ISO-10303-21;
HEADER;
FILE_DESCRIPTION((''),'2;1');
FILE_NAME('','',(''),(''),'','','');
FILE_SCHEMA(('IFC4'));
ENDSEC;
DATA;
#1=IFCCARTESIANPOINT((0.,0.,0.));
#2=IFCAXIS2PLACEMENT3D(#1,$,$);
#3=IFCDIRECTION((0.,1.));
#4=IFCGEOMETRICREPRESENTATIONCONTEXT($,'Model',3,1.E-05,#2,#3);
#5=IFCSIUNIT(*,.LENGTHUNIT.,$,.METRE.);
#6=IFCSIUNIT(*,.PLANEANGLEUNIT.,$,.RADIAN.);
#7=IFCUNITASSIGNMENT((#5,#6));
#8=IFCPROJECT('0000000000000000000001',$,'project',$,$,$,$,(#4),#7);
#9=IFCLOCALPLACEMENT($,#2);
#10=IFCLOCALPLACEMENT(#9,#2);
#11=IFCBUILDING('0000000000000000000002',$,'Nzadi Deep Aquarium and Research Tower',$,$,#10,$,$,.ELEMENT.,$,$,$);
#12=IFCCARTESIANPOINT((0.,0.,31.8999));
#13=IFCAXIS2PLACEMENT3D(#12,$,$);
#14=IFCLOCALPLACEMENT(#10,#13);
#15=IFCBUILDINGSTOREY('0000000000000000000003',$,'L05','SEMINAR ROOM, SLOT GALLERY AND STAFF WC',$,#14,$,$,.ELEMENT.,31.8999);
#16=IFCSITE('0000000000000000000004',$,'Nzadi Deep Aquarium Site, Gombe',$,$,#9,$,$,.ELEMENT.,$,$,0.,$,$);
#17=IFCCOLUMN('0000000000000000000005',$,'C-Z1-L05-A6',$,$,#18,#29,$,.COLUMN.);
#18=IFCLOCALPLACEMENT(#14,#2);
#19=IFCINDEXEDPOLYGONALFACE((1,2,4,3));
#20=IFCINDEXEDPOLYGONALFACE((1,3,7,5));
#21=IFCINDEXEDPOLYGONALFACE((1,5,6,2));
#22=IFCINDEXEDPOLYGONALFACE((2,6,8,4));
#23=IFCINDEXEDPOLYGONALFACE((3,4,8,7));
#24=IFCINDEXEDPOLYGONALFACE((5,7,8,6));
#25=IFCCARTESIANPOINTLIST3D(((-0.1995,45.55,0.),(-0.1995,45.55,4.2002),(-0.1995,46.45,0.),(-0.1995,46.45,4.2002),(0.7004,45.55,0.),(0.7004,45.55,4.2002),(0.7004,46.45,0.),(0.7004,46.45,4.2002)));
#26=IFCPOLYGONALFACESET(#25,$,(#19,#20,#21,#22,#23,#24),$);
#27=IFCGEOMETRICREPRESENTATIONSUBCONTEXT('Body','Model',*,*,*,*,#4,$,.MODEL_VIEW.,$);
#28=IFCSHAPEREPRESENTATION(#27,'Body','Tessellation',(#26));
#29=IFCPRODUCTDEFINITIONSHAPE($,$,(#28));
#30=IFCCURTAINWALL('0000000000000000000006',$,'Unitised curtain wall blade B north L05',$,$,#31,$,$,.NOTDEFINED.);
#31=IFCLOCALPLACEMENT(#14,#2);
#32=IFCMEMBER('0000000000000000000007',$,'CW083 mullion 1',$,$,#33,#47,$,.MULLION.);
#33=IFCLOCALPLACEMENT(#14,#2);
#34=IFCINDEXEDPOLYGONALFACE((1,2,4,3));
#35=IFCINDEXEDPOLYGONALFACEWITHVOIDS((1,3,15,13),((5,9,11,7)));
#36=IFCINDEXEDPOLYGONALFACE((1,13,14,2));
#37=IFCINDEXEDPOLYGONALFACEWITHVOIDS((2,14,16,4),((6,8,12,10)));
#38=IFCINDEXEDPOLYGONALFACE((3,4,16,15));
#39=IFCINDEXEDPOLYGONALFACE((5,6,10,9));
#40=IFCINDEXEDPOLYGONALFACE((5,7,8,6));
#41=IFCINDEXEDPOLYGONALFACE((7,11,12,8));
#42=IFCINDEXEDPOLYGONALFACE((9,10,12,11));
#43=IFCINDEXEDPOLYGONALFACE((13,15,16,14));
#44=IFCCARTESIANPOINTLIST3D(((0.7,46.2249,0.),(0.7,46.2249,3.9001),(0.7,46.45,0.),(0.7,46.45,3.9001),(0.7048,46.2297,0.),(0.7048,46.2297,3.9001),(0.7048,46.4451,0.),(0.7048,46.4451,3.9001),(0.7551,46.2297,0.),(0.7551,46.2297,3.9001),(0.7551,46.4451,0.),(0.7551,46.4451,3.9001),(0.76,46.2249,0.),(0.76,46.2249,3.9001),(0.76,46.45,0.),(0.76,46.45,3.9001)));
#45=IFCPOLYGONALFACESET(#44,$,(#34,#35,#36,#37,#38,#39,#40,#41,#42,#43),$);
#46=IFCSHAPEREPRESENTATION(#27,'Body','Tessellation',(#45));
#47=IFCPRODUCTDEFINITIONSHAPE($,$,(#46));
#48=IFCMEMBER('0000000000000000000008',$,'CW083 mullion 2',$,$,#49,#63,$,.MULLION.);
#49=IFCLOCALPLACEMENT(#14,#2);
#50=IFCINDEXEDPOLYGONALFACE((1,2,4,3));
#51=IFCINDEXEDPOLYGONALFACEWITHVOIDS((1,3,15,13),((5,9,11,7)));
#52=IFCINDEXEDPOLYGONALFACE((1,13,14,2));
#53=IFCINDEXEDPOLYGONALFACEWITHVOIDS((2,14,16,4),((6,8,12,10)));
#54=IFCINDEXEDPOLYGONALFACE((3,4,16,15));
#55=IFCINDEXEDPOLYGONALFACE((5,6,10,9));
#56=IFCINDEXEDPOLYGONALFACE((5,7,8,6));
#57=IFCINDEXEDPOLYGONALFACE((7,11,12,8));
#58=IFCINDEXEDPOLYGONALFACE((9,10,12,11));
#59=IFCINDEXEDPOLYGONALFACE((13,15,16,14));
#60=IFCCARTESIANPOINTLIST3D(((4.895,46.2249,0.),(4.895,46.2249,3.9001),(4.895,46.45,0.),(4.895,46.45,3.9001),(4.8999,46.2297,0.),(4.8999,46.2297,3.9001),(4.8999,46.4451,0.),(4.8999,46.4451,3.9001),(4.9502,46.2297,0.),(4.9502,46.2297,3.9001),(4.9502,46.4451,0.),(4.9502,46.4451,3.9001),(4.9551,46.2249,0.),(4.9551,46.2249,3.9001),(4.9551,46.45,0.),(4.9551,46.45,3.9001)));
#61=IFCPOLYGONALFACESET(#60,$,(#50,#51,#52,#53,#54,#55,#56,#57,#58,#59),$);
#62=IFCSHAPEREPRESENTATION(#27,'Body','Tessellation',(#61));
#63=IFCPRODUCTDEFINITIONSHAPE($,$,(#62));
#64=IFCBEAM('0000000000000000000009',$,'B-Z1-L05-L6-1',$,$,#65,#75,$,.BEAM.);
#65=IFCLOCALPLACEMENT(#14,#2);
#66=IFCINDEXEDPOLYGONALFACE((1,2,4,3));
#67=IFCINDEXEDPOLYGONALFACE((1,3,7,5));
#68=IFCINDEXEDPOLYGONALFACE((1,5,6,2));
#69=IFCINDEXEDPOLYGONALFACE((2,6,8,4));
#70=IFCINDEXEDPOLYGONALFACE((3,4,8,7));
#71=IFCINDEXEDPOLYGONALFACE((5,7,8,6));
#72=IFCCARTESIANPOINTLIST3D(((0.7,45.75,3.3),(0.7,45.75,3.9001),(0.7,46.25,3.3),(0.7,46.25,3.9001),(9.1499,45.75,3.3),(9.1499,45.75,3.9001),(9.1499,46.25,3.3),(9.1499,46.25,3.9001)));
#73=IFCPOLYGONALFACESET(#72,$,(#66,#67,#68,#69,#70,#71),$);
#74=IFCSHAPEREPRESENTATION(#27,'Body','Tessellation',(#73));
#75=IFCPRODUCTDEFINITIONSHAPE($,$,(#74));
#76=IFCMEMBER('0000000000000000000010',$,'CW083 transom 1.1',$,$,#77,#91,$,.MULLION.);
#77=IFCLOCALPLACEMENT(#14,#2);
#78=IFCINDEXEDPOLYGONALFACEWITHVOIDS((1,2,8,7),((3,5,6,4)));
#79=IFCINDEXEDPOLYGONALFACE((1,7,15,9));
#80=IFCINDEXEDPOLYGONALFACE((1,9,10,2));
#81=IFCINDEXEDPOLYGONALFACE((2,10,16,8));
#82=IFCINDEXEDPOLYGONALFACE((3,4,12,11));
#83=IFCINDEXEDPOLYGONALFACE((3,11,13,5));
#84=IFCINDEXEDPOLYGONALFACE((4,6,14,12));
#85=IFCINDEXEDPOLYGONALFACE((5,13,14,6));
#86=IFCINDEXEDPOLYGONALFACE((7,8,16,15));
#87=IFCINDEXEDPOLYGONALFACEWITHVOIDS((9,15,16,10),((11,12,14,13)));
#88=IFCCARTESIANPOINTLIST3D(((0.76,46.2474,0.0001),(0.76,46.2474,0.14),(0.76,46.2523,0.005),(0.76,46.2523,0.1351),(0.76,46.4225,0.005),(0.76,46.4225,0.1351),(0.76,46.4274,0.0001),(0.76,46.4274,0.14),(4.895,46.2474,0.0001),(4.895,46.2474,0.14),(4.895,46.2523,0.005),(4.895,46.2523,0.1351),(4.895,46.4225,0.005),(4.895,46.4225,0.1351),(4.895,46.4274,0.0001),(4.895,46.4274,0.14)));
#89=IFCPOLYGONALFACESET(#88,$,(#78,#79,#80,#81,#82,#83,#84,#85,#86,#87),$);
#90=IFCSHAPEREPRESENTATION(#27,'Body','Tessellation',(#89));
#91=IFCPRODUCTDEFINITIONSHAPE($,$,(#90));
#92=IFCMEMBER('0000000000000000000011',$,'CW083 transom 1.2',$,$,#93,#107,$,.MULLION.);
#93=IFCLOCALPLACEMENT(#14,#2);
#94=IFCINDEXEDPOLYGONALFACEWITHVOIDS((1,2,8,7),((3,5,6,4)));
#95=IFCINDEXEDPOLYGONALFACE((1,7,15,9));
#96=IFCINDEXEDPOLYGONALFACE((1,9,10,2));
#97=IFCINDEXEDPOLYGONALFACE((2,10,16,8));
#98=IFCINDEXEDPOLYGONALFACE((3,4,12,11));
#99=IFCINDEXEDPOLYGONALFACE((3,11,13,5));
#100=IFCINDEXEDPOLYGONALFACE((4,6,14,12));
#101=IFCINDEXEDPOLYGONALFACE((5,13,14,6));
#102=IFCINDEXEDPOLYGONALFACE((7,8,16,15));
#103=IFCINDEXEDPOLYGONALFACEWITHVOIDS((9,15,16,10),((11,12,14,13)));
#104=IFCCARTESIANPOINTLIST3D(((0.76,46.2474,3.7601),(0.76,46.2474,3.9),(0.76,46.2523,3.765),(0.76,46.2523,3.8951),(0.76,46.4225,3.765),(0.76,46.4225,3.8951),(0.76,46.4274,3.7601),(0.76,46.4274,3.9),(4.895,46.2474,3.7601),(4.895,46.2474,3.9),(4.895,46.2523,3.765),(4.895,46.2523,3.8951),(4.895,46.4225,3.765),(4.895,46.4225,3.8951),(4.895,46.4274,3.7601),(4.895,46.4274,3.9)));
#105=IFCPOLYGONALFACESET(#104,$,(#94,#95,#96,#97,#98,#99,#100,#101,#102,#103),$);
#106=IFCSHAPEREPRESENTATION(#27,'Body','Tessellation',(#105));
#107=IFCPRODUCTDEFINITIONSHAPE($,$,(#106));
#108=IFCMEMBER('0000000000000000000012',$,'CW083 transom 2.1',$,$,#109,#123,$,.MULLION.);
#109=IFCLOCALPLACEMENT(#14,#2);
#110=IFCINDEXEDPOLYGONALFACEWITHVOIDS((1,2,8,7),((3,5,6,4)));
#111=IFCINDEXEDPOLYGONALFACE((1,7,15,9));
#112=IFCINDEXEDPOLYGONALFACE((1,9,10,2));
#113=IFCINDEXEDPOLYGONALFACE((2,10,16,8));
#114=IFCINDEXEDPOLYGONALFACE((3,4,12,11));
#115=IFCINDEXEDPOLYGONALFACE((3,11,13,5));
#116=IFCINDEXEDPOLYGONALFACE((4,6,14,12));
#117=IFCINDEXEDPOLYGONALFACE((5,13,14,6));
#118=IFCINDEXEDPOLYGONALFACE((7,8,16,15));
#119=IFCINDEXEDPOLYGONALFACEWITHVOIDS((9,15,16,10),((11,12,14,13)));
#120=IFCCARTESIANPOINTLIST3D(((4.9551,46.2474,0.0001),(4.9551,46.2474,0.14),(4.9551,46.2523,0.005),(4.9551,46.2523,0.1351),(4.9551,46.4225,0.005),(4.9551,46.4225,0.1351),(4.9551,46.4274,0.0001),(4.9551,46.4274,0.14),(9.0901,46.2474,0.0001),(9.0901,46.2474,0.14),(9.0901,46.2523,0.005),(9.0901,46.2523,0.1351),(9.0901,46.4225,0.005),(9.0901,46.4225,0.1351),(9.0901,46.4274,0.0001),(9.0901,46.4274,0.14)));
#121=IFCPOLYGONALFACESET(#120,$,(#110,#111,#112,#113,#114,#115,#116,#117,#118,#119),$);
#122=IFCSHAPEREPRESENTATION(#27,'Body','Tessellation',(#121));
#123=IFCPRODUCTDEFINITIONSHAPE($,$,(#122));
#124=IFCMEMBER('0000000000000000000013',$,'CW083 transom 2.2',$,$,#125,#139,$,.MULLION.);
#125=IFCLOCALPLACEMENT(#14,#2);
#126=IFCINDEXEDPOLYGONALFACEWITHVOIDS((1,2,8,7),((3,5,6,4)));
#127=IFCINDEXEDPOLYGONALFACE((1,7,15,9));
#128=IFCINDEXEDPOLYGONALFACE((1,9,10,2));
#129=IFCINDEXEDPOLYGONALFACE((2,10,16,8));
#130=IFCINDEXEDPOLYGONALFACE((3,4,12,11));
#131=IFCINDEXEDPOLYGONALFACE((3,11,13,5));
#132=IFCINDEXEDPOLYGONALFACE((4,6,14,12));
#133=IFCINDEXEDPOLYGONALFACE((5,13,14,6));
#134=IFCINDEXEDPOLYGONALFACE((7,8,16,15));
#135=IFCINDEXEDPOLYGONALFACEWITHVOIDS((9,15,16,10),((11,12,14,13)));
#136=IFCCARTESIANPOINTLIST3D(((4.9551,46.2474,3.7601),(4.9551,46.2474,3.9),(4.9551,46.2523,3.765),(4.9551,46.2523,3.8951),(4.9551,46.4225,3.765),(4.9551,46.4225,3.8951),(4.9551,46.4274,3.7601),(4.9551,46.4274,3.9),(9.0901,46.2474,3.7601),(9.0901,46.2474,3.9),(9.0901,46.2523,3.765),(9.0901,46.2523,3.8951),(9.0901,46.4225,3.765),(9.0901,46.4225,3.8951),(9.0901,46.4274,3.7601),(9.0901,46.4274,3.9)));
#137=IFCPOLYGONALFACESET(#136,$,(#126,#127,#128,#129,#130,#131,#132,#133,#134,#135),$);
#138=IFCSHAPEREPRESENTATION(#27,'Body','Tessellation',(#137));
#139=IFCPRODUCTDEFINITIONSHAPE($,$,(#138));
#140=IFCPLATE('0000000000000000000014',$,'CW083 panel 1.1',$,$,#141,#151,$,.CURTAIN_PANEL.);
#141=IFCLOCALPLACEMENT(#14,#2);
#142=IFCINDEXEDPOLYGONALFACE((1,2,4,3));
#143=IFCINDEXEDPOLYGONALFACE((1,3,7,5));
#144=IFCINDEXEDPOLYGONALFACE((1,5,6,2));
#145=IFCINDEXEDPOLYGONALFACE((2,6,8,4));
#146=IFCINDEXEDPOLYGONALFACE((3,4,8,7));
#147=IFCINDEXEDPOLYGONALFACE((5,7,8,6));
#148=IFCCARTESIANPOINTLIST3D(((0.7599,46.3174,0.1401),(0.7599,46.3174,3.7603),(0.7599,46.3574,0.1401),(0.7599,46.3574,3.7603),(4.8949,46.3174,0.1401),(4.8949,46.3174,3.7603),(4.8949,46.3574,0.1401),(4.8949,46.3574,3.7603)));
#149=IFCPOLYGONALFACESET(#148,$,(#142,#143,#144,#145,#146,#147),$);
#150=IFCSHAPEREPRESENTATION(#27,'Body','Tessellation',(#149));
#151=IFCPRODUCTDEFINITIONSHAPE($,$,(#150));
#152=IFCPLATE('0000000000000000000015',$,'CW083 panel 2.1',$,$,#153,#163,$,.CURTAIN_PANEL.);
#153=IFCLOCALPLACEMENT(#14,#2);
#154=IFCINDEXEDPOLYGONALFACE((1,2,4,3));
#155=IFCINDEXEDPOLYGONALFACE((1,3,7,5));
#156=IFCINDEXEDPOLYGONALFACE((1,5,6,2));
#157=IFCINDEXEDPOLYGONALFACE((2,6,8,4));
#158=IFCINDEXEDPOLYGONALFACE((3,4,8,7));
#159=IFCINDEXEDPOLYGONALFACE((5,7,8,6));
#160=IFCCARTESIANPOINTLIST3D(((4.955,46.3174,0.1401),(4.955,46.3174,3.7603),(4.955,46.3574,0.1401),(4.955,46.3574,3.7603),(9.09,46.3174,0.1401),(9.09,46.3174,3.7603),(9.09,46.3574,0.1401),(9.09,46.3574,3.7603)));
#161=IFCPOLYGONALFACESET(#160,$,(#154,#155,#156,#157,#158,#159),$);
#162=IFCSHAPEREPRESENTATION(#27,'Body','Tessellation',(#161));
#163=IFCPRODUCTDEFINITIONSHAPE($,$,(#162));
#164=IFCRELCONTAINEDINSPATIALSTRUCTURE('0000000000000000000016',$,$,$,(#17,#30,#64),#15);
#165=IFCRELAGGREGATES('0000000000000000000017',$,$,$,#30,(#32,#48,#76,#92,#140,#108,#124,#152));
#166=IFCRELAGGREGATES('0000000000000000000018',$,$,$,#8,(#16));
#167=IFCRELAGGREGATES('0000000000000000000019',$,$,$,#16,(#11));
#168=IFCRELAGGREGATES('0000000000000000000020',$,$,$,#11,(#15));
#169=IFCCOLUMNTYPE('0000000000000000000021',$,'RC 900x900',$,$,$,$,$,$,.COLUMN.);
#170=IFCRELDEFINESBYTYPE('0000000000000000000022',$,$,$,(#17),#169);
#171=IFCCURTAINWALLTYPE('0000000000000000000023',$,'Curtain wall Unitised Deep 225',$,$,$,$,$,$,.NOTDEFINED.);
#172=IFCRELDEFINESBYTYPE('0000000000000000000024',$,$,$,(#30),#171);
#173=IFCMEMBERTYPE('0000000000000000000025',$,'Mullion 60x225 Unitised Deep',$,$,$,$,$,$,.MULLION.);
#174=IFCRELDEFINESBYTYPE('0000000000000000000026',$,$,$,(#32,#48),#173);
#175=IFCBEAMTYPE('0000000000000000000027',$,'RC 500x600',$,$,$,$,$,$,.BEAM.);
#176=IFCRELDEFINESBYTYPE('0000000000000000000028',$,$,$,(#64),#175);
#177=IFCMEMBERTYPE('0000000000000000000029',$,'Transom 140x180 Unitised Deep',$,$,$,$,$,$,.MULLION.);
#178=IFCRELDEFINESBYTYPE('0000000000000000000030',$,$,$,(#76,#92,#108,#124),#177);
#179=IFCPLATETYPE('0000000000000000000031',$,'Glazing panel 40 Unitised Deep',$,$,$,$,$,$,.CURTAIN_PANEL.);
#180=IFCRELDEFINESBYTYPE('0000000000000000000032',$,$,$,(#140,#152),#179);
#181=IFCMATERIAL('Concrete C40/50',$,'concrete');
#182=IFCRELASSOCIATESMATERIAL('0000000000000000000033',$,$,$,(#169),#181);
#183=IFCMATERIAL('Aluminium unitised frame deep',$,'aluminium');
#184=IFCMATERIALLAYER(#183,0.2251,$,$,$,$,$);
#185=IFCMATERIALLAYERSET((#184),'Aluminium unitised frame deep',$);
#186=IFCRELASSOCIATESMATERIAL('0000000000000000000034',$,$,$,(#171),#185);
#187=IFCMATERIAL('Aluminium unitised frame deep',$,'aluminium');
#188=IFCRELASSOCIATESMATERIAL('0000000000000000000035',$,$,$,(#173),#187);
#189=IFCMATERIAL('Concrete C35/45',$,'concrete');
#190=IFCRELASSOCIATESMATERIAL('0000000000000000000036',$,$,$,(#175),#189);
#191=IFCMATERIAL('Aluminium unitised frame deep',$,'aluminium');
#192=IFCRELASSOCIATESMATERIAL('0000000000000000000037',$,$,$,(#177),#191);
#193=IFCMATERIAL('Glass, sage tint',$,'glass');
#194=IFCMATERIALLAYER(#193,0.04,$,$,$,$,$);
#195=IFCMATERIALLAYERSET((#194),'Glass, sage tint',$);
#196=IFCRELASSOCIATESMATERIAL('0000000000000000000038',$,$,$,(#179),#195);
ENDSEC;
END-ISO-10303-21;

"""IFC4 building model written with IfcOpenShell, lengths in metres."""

from ifc_helpers import new_model, si_unit, direction, frame, origin, origin_2d, place, context, subcontext, project, spatial, rectangle, hollow_rectangle, extrude, material, layer, layer_set, material_profile, profile_set, type_object, element, aggregate, save


model = new_model("IFC4")

# Units and contexts
model_context = context("Model", 3, precision=1e-05, world=origin(), true_north=direction((0.0, 1.0)))
body_context = subcontext(model_context, "Body", "Model", "MODEL_VIEW")
ifc_project = project(units=[si_unit("LENGTHUNIT", "METRE"), si_unit("PLANEANGLEUNIT", "RADIAN")], contexts=[model_context])

# Site, building, storey
site_placement = place(None, origin())
site = spatial("IfcSite", under=ifc_project, at=site_placement, Name="Nzadi Deep Aquarium Site, Gombe", CompositionType="ELEMENT", RefElevation=0.0)
building_placement = place(site_placement, origin())
building = spatial("IfcBuilding", under=site, at=building_placement, Name="Nzadi Deep Aquarium and Research Tower", CompositionType="ELEMENT")
storey_placement = place(building_placement, frame((0.0, 0.0, 31.8999)))
storey = spatial("IfcBuildingStorey", under=building, at=storey_placement, Name="L05", Description="SEMINAR ROOM, SLOT GALLERY AND STAFF WC", CompositionType="ELEMENT", Elevation=31.8999)

# Column
ifc_material_1 = material(Name="Concrete C40/50", Category="concrete")
ifc_material_profile_1 = material_profile(ifc_material_1, rectangle(XDim=0.8999, YDim=0.8999, at=origin_2d()))
ifc_profile_set_1 = profile_set([ifc_material_profile_1], Name="Concrete C40/50")
column_type = type_object("IfcColumnType", Name="RC 900x900", PredefinedType="COLUMN", material=ifc_profile_set_1)
column_placement = place(storey_placement, frame((0.2505, 46.0, 0.0), z_axis=(0.0, 0.0, 1.0), x_axis=(1.0, 0.0, 0.0)))
element("IfcColumn", 1, at=column_placement, inside=storey, type_object=column_type, Name="C-Z1-L05-A6", PredefinedType="COLUMN", context=body_context, shape_type="SweptSolid", body=[
    extrude(rectangle(XDim=0.8999, YDim=0.8999, at=origin_2d()), origin(), (0.0, 0.0, 1.0), 4.2002),
])

# Curtain wall, members
ifc_material_2 = material(Name="Aluminium unitised frame deep", Category="aluminium")
ifc_layer_1 = layer(ifc_material_2, 0.2251)
ifc_layer_set_1 = layer_set([ifc_layer_1], Name="Aluminium unitised frame deep")
curtain_wall_type = type_object("IfcCurtainWallType", Name="Curtain wall Unitised Deep 225", PredefinedType="NOTDEFINED", material=ifc_layer_set_1)
curtain_wall_placement = place(storey_placement, origin())
curtain_wall = element("IfcCurtainWall", 2, at=curtain_wall_placement, inside=storey, type_object=curtain_wall_type, Name="Unitised curtain wall blade B north L05", PredefinedType="NOTDEFINED")
ifc_material_3 = material(Name="Aluminium unitised frame deep", Category="aluminium")
ifc_material_profile_2 = material_profile(ifc_material_3, hollow_rectangle(XDim=0.2251, YDim=0.0601, WallThickness=0.0049, at=origin_2d()))
ifc_profile_set_2 = profile_set([ifc_material_profile_2], Name="Aluminium unitised frame deep")
member_type_1 = type_object("IfcMemberType", Name="Mullion 60x225 Unitised Deep", PredefinedType="MULLION", material=ifc_profile_set_2)
member_1_placement = place(storey_placement, frame((0.73, 46.3374, 0.0), z_axis=(0.0, 0.0, 1.0), x_axis=(0.0, 1.0, 0.0)))
member_1 = element("IfcMember", 3, at=member_1_placement, type_object=member_type_1, Name="CW083 mullion 1", PredefinedType="MULLION", context=body_context, shape_type="SweptSolid", body=[
    extrude(hollow_rectangle(XDim=0.2251, YDim=0.0601, WallThickness=0.0049, at=origin_2d()), origin(), (0.0, 0.0, 1.0), 3.9001),
])
member_2_placement = place(storey_placement, frame((4.925, 46.3374, 0.0), z_axis=(0.0, 0.0, 1.0), x_axis=(0.0, 1.0, 0.0)))
member_2 = element("IfcMember", 4, at=member_2_placement, type_object=member_type_1, Name="CW083 mullion 2", PredefinedType="MULLION", context=body_context, shape_type="SweptSolid", body=[
    extrude(hollow_rectangle(XDim=0.2251, YDim=0.0601, WallThickness=0.0049, at=origin_2d()), origin(), (0.0, 0.0, 1.0), 3.9001),
])

# Beam
ifc_material_4 = material(Name="Concrete C35/45", Category="concrete")
ifc_material_profile_3 = material_profile(ifc_material_4, rectangle(XDim=0.5, YDim=0.6001, at=origin_2d()))
ifc_profile_set_3 = profile_set([ifc_material_profile_3], Name="Concrete C35/45")
beam_type = type_object("IfcBeamType", Name="RC 500x600", PredefinedType="BEAM", material=ifc_profile_set_3)
beam_placement = place(storey_placement, frame((0.7, 46.0, 3.6001), z_axis=(1.0, 0.0, 0.0), x_axis=(0.0, 1.0, 0.0)))
element("IfcBeam", 5, at=beam_placement, inside=storey, type_object=beam_type, Name="B-Z1-L05-L6-1", PredefinedType="BEAM", context=body_context, shape_type="SweptSolid", body=[
    extrude(rectangle(XDim=0.5, YDim=0.6001, at=origin_2d()), origin(), (0.0, 0.0, 1.0), 8.45),
])

# Members
ifc_material_5 = material(Name="Aluminium unitised frame deep", Category="aluminium")
ifc_material_profile_4 = material_profile(ifc_material_5, hollow_rectangle(XDim=0.1799, YDim=0.1399, WallThickness=0.0049, at=origin_2d()))
ifc_profile_set_4 = profile_set([ifc_material_profile_4], Name="Aluminium unitised frame deep")
member_type_2 = type_object("IfcMemberType", Name="Transom 140x180 Unitised Deep", PredefinedType="MULLION", material=ifc_profile_set_4)
member_3_placement = place(storey_placement, frame((0.76, 46.3374, 0.0701), z_axis=(1.0, 0.0, 0.0), x_axis=(0.0, 1.0, 0.0)))
member_3 = element("IfcMember", 6, at=member_3_placement, type_object=member_type_2, Name="CW083 transom 1.1", PredefinedType="MULLION", context=body_context, shape_type="SweptSolid", body=[
    extrude(hollow_rectangle(XDim=0.1799, YDim=0.1399, WallThickness=0.0049, at=origin_2d()), origin(), (0.0, 0.0, 1.0), 4.135),
])
member_4_placement = place(storey_placement, frame((0.76, 46.3374, 3.8301), z_axis=(1.0, 0.0, 0.0), x_axis=(0.0, 1.0, 0.0)))
member_4 = element("IfcMember", 7, at=member_4_placement, type_object=member_type_2, Name="CW083 transom 1.2", PredefinedType="MULLION", context=body_context, shape_type="SweptSolid", body=[
    extrude(hollow_rectangle(XDim=0.1799, YDim=0.1399, WallThickness=0.0049, at=origin_2d()), origin(), (0.0, 0.0, 1.0), 4.135),
])
member_5_placement = place(storey_placement, frame((4.9551, 46.3374, 0.0701), z_axis=(1.0, 0.0, 0.0), x_axis=(0.0, 1.0, 0.0)))
member_5 = element("IfcMember", 8, at=member_5_placement, type_object=member_type_2, Name="CW083 transom 2.1", PredefinedType="MULLION", context=body_context, shape_type="SweptSolid", body=[
    extrude(hollow_rectangle(XDim=0.1799, YDim=0.1399, WallThickness=0.0049, at=origin_2d()), origin(), (0.0, 0.0, 1.0), 4.135),
])
member_6_placement = place(storey_placement, frame((4.9551, 46.3374, 3.8301), z_axis=(1.0, 0.0, 0.0), x_axis=(0.0, 1.0, 0.0)))
member_6 = element("IfcMember", 9, at=member_6_placement, type_object=member_type_2, Name="CW083 transom 2.2", PredefinedType="MULLION", context=body_context, shape_type="SweptSolid", body=[
    extrude(hollow_rectangle(XDim=0.1799, YDim=0.1399, WallThickness=0.0049, at=origin_2d()), origin(), (0.0, 0.0, 1.0), 4.135),
])

# Plates
ifc_material_6 = material(Name="Glass, sage tint", Category="glass")
ifc_layer_2 = layer(ifc_material_6, 0.04)
ifc_layer_set_2 = layer_set([ifc_layer_2], Name="Glass, sage tint")
plate_type = type_object("IfcPlateType", Name="Glazing panel 40 Unitised Deep", PredefinedType="CURTAIN_PANEL", material=ifc_layer_set_2)
plate_1_placement = place(storey_placement, frame((2.8274, 46.3374, 0.1401), z_axis=(0.0, 0.0, 1.0), x_axis=(1.0, 0.0, 0.0)))
plate_1 = element("IfcPlate", 10, at=plate_1_placement, type_object=plate_type, Name="CW083 panel 1.1", PredefinedType="CURTAIN_PANEL", context=body_context, shape_type="SweptSolid", body=[
    extrude(rectangle(XDim=4.135, YDim=0.04, at=origin_2d()), origin(), (0.0, 0.0, 1.0), 3.6201),
])
plate_2_placement = place(storey_placement, frame((7.0225, 46.3374, 0.1401), z_axis=(0.0, 0.0, 1.0), x_axis=(1.0, 0.0, 0.0)))
plate_2 = element("IfcPlate", 11, at=plate_2_placement, type_object=plate_type, Name="CW083 panel 2.1", PredefinedType="CURTAIN_PANEL", context=body_context, shape_type="SweptSolid", body=[
    extrude(rectangle(XDim=4.135, YDim=0.04, at=origin_2d()), origin(), (0.0, 0.0, 1.0), 3.6201),
])
aggregate(curtain_wall, [member_1, member_2, member_3, member_4, plate_1, member_5, member_6, plate_2])

save(model, "model.ifc")
